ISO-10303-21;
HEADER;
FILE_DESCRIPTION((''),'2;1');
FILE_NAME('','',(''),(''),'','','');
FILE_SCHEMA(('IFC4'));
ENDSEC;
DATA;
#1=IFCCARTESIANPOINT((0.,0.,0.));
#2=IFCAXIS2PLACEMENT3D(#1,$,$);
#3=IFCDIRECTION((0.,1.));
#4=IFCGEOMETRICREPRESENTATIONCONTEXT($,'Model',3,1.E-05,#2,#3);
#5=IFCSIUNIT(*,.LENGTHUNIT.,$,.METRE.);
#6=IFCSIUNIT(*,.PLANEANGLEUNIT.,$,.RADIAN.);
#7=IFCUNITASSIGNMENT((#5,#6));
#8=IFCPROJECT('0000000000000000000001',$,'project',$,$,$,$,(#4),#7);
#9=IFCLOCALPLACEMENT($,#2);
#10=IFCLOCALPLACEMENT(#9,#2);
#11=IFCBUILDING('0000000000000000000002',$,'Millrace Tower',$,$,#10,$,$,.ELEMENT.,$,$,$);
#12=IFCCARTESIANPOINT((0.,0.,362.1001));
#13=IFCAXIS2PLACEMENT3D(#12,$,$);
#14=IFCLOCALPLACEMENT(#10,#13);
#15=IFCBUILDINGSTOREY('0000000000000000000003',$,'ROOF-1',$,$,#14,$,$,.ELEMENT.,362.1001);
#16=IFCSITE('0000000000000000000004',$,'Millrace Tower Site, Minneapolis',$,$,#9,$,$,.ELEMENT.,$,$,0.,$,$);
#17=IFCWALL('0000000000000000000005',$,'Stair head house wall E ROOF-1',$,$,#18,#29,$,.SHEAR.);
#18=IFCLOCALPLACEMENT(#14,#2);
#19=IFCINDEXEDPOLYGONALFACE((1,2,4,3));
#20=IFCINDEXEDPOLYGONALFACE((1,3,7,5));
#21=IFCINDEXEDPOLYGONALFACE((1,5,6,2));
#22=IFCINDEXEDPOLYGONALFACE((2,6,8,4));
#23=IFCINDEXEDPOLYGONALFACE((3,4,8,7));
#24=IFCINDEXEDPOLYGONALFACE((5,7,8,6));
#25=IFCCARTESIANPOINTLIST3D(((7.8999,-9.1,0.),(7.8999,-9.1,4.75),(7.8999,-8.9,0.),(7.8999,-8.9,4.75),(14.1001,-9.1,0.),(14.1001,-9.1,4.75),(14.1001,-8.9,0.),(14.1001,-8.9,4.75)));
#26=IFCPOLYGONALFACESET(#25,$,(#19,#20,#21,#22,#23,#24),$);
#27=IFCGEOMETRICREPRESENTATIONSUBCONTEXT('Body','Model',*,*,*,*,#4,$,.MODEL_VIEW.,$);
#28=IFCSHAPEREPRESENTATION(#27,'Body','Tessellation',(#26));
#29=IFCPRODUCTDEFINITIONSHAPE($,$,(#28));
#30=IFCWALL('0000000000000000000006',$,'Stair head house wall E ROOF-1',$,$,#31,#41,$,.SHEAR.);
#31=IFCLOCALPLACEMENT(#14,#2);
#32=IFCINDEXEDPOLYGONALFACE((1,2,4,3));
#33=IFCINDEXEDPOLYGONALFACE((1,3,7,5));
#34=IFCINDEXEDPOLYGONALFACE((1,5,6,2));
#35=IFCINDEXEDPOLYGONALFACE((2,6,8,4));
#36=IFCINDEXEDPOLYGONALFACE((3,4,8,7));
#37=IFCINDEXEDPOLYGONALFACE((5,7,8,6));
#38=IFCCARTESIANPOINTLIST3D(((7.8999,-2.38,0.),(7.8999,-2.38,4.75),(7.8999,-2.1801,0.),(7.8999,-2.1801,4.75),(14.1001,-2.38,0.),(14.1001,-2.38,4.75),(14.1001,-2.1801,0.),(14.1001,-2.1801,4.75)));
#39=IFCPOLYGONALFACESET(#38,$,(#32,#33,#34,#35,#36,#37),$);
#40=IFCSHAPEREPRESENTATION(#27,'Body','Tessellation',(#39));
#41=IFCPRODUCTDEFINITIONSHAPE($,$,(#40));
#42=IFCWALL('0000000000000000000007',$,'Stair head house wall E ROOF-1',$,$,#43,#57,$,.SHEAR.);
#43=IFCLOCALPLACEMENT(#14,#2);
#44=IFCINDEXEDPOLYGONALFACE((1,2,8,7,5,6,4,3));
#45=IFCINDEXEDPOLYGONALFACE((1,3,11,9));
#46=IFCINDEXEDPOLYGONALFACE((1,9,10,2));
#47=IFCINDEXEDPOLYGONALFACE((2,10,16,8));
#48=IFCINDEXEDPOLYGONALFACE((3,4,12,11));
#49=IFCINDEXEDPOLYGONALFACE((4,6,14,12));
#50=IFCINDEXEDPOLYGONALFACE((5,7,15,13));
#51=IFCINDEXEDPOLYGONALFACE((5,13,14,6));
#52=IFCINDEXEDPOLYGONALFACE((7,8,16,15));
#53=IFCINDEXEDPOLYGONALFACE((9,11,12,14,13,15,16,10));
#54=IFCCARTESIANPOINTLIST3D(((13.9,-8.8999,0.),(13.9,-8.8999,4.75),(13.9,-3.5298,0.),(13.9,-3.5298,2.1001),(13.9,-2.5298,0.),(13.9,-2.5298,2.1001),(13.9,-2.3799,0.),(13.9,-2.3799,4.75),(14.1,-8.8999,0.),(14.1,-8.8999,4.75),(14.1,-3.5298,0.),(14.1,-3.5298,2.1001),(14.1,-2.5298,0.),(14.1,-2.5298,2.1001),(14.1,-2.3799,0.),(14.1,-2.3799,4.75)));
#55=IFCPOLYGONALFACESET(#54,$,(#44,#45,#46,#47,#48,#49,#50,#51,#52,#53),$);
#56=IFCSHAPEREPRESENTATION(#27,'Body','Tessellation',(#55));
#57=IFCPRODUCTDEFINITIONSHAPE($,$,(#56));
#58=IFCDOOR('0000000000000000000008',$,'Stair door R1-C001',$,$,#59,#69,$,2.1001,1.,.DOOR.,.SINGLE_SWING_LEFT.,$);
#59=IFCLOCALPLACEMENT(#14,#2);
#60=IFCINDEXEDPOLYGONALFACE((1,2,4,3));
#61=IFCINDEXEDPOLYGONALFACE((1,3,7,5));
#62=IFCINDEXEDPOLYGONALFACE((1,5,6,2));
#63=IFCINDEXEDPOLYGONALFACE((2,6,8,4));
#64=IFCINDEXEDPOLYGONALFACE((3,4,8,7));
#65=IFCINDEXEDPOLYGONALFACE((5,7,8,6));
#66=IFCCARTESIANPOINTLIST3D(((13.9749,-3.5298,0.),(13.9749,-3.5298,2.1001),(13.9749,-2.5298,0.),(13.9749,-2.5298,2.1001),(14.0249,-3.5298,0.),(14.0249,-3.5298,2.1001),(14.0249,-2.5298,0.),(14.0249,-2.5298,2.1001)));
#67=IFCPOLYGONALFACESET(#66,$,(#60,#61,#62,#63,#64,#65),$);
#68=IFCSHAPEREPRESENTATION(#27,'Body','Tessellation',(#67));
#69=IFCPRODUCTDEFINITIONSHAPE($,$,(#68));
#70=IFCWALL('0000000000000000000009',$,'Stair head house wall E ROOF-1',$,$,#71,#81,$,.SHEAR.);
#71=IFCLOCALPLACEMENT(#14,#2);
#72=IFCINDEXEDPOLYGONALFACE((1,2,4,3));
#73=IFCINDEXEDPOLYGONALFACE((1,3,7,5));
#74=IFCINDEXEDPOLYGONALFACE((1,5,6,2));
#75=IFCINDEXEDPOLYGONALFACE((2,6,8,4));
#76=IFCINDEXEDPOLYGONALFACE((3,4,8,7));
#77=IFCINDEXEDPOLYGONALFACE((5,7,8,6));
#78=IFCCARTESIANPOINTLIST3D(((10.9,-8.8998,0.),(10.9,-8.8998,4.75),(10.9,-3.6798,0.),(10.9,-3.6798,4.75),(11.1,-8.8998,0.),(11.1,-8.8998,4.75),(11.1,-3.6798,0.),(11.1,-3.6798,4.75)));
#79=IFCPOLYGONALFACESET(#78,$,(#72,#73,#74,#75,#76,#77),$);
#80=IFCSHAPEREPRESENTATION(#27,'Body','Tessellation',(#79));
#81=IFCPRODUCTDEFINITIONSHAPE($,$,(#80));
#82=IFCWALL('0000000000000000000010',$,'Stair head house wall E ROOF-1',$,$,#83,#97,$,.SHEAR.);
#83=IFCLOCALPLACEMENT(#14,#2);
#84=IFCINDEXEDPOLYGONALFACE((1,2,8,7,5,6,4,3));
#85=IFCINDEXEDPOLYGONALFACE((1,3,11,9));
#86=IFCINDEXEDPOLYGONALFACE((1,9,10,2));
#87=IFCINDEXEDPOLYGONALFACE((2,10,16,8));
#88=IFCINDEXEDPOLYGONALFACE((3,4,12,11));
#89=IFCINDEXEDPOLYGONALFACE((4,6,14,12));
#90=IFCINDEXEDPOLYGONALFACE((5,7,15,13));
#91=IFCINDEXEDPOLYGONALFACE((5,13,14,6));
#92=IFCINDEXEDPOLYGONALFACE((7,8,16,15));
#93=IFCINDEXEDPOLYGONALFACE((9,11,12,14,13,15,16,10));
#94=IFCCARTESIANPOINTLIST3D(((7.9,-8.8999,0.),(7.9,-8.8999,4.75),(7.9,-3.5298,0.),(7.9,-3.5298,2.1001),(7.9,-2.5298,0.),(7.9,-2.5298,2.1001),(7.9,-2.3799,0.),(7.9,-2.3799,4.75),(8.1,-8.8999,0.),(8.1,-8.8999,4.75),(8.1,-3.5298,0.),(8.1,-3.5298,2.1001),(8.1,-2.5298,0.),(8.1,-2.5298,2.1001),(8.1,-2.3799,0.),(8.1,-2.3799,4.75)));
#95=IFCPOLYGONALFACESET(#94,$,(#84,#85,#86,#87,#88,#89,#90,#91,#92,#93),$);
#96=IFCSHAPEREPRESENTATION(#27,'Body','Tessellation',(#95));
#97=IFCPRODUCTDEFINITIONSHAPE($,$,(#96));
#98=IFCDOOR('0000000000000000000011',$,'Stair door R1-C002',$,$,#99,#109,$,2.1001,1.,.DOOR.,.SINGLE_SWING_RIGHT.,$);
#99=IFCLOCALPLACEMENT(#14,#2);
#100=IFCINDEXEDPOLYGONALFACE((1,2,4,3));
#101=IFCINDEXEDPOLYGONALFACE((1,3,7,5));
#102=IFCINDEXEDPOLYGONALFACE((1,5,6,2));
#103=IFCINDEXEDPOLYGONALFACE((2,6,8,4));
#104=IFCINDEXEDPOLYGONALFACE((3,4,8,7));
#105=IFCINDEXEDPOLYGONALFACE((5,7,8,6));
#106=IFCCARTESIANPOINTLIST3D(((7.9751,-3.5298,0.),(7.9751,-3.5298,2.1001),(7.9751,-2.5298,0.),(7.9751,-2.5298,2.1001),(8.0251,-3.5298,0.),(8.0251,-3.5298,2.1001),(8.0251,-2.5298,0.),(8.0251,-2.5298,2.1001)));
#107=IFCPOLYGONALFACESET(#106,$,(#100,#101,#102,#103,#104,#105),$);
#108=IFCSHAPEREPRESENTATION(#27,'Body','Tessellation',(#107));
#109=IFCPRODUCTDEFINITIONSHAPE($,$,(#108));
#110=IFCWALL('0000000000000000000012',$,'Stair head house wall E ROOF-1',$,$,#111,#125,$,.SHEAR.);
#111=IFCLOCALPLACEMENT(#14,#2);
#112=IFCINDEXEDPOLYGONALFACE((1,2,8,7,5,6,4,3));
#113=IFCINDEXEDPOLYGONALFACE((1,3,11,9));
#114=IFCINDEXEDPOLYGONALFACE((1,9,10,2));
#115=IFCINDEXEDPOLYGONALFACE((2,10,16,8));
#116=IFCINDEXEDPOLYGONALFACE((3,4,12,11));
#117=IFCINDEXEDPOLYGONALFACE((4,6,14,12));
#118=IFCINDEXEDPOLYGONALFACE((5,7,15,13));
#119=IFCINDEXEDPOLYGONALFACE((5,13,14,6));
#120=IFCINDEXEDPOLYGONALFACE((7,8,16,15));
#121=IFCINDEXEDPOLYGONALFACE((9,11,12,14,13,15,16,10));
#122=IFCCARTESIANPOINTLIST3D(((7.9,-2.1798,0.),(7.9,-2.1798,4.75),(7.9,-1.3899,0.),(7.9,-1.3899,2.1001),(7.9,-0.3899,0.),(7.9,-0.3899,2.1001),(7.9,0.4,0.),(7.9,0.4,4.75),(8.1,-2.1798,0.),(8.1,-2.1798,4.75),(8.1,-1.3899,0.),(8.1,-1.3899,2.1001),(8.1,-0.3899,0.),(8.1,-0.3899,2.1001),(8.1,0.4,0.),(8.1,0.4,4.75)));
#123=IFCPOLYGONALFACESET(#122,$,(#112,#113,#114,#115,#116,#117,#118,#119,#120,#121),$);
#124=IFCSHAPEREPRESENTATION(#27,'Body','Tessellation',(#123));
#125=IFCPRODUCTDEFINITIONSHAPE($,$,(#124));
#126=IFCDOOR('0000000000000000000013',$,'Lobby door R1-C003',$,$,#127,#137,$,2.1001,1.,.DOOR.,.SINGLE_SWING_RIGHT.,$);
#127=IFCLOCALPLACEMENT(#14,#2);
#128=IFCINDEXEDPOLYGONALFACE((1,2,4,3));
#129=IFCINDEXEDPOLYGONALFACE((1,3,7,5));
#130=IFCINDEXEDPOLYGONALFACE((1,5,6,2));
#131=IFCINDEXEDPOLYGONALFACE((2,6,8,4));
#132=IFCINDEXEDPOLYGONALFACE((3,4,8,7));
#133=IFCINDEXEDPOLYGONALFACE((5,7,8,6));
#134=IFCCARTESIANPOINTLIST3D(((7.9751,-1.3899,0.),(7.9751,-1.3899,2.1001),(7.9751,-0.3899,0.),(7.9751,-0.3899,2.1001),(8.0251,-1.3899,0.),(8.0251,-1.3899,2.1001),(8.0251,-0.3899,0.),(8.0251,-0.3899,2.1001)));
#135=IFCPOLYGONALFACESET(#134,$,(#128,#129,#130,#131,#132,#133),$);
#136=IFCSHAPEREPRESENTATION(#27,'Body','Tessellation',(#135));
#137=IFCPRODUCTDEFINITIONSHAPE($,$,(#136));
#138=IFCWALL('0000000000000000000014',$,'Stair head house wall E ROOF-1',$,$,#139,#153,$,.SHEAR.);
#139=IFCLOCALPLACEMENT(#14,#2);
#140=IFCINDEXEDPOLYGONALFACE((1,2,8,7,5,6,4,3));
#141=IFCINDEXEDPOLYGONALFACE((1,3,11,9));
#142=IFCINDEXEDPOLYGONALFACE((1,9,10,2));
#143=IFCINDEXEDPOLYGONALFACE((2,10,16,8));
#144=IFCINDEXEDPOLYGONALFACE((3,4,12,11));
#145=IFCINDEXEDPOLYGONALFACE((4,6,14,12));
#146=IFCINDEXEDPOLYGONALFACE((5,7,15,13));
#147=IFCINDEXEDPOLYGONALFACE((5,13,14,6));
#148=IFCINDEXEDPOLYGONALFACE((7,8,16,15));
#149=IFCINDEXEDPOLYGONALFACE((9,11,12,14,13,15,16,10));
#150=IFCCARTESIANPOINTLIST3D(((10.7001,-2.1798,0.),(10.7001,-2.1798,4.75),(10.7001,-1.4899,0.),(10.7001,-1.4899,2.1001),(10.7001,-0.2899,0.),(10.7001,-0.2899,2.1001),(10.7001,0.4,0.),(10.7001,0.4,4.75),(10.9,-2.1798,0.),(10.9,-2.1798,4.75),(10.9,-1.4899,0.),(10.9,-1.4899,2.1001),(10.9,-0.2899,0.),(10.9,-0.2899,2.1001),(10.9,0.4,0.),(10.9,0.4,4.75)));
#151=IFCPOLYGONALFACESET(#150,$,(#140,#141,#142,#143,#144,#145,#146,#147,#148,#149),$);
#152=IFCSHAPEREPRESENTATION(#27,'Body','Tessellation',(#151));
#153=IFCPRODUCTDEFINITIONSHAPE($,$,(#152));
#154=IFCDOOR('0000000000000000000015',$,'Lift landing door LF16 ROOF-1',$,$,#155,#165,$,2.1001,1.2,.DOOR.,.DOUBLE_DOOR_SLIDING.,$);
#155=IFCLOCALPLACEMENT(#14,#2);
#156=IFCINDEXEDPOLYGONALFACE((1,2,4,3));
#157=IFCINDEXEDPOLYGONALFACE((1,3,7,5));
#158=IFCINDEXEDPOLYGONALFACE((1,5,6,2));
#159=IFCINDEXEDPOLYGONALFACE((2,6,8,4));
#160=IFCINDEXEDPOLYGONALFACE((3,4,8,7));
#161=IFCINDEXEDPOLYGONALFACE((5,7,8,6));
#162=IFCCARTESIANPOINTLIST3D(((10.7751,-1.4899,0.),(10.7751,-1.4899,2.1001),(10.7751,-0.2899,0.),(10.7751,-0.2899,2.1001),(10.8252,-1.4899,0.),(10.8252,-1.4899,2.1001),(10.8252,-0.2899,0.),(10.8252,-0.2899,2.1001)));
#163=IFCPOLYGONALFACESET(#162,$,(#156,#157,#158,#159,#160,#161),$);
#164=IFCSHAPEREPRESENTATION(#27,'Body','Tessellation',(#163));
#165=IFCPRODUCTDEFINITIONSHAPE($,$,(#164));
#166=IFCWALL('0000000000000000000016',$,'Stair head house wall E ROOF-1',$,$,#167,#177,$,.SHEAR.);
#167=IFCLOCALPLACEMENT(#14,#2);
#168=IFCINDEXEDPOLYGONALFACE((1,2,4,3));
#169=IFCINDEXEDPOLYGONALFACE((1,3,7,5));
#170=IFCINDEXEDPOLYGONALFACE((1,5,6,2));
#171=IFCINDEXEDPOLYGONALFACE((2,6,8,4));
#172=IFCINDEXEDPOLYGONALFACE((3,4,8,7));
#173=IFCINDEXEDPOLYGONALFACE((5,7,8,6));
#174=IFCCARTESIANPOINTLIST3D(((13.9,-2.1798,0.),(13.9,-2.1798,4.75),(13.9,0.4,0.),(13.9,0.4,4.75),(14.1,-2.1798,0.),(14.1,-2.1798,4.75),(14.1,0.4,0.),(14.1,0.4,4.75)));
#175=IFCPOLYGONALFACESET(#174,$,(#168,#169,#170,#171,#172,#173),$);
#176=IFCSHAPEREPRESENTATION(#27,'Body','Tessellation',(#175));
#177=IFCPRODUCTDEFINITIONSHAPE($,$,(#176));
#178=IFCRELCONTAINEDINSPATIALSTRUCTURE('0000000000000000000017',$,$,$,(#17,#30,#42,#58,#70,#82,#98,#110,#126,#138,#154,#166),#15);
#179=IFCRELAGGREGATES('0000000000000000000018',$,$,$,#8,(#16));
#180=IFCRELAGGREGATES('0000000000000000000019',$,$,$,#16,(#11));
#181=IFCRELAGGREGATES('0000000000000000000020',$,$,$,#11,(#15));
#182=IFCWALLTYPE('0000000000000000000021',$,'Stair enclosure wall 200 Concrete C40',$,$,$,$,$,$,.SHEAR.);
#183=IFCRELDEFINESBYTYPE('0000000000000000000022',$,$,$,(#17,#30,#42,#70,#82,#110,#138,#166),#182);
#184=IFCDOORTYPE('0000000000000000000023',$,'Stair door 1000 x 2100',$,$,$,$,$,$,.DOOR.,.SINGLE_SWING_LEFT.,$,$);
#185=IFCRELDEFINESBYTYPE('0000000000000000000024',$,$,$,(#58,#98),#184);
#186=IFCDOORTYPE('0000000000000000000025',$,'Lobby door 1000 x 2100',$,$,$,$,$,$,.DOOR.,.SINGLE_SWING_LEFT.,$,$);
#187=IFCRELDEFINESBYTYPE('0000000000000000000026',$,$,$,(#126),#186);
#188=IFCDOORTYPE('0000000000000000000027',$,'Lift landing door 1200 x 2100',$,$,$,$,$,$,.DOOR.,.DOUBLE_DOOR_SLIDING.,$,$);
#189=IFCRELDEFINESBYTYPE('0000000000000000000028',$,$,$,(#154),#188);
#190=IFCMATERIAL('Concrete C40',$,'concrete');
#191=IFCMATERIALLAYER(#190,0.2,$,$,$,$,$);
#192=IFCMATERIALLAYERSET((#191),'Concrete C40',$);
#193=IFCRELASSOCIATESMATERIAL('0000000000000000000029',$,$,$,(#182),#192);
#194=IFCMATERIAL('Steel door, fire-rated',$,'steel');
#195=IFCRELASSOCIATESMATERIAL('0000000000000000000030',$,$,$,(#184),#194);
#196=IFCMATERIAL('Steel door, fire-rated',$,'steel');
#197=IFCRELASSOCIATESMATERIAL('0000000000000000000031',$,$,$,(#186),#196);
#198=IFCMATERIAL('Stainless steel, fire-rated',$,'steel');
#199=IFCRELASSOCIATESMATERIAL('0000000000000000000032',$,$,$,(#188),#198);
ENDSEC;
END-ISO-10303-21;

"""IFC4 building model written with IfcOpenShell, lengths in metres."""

from ifc_helpers import new_model, si_unit, direction, frame, frame_2d, origin, place, context, subcontext, project, spatial, rectangle, extrude, material, layer, layer_set, type_object, element, fill, save


model = new_model("IFC4")

# Units and contexts
model_context = context("Model", 3, precision=1e-05, world=origin(), true_north=direction((0.0, 1.0)))
body_context = subcontext(model_context, "Body", "Model", "MODEL_VIEW")
ifc_project = project(units=[si_unit("LENGTHUNIT", "METRE"), si_unit("PLANEANGLEUNIT", "RADIAN")], contexts=[model_context])

# Site, building, storey
site_placement = place(None, origin())
site = spatial("IfcSite", under=ifc_project, at=site_placement, Name="Millrace Tower Site, Minneapolis", CompositionType="ELEMENT", RefElevation=0.0)
building_placement = place(site_placement, origin())
building = spatial("IfcBuilding", under=site, at=building_placement, Name="Millrace Tower", CompositionType="ELEMENT")
storey_placement = place(building_placement, frame((0.0, 0.0, 362.1001)))
storey = spatial("IfcBuildingStorey", under=building, at=storey_placement, Name="ROOF-1", CompositionType="ELEMENT", Elevation=362.1001)

# Walls
ifc_material_1 = material(Name="Concrete C40", Category="concrete")
ifc_layer_1 = layer(ifc_material_1, 0.2)
ifc_layer_set_1 = layer_set([ifc_layer_1], Name="Concrete C40")
wall_type_1 = type_object("IfcWallType", Name="Stair enclosure wall 200 Concrete C40", PredefinedType="SHEAR", material=ifc_layer_set_1)
for number, where, z_axis, x_axis, name in (
    (1, (14.1001, -9.0, 0.0), (0.0, 0.0, 1.0), (-1.0, 0.0, 0.0), "Stair head house wall E ROOF-1"),
    (2, (14.1001, -2.28, 0.0), (0.0, 0.0, 1.0), (-1.0, 0.0, 0.0), "Stair head house wall E ROOF-1"),
):
    element("IfcWall", number, at=place(storey_placement, frame(where, z_axis=z_axis, x_axis=x_axis)), inside=storey, type_object=wall_type_1, Name=name, PredefinedType="SHEAR", context=body_context, shape_type="SweptSolid", body=[
        extrude(rectangle(XDim=6.2002, YDim=0.2, at=frame_2d((3.1001, 0.0))), origin(), (0.0, 0.0, 1.0), 4.75),
    ])

# Wall, opening, door
wall_1_placement = place(storey_placement, frame((14.0, -2.3799, 0.0), z_axis=(0.0, 0.0, 1.0), x_axis=(0.0, -1.0, 0.0)))
wall_1 = element("IfcWall", 3, at=wall_1_placement, inside=storey, type_object=wall_type_1, Name="Stair head house wall E ROOF-1", PredefinedType="SHEAR", context=body_context, shape_type="SweptSolid", body=[
    extrude(rectangle(XDim=6.52, YDim=0.2, at=frame_2d((3.26, 0.0))), origin(), (0.0, 0.0, 1.0), 4.75),
])
opening_1_placement = place(wall_1_placement, frame((0.1499, 0.0, 0.0)))
opening_1 = element("IfcOpeningElement", 4, at=opening_1_placement, cuts=wall_1, PredefinedType="OPENING", context=body_context, shape_type="SweptSolid", body=[
    extrude(rectangle(XDim=1.0, YDim=2.1001, at=frame_2d((0.5, 1.05))), frame((0.0, 0.1099, 0.0), z_axis=(0.0, -1.0, 0.0), x_axis=(1.0, 0.0, 0.0)), (0.0, 0.0, 1.0), 0.22),
])
ifc_material_2 = material(Name="Steel door, fire-rated", Category="steel")
door_type_1 = type_object("IfcDoorType", Name="Stair door 1000 x 2100", OperationType="SINGLE_SWING_LEFT", PredefinedType="DOOR", material=ifc_material_2)
door_1_placement = place(opening_1_placement, origin())
door_1 = element("IfcDoor", 5, at=door_1_placement, inside=storey, type_object=door_type_1, Name="Stair door R1-C001", OperationType="SINGLE_SWING_LEFT", OverallHeight=2.1001, OverallWidth=1.0, PredefinedType="DOOR", context=body_context, shape_type="SweptSolid", body=[
    extrude(rectangle(XDim=1.0, YDim=2.1001, at=frame_2d((0.5, 1.05))), frame((0.0, 0.0249, 0.0), z_axis=(0.0, -1.0, 0.0), x_axis=(1.0, 0.0, 0.0)), (0.0, 0.0, 1.0), 0.05),
])
fill(opening_1, door_1)

# Wall
wall_2_placement = place(storey_placement, frame((11.0, -3.6799, 0.0), z_axis=(0.0, 0.0, 1.0), x_axis=(0.0, -1.0, 0.0)))
element("IfcWall", 6, at=wall_2_placement, inside=storey, type_object=wall_type_1, Name="Stair head house wall E ROOF-1", PredefinedType="SHEAR", context=body_context, shape_type="SweptSolid", body=[
    extrude(rectangle(XDim=5.22, YDim=0.2, at=frame_2d((2.6099, 0.0))), origin(), (0.0, 0.0, 1.0), 4.75),
])

# Walls, openings, doors
wall_3_placement = place(storey_placement, frame((8.0, -2.3799, 0.0), z_axis=(0.0, 0.0, 1.0), x_axis=(0.0, -1.0, 0.0)))
wall_3 = element("IfcWall", 7, at=wall_3_placement, inside=storey, type_object=wall_type_1, Name="Stair head house wall E ROOF-1", PredefinedType="SHEAR", context=body_context, shape_type="SweptSolid", body=[
    extrude(rectangle(XDim=6.52, YDim=0.2, at=frame_2d((3.26, 0.0))), origin(), (0.0, 0.0, 1.0), 4.75),
])
opening_2_placement = place(wall_3_placement, frame((0.1499, 0.0, 0.0)))
opening_2 = element("IfcOpeningElement", 8, at=opening_2_placement, cuts=wall_3, PredefinedType="OPENING", context=body_context, shape_type="SweptSolid", body=[
    extrude(rectangle(XDim=1.0, YDim=2.1001, at=frame_2d((0.5, 1.05))), frame((0.0, 0.1099, 0.0), z_axis=(0.0, -1.0, 0.0), x_axis=(1.0, 0.0, 0.0)), (0.0, 0.0, 1.0), 0.22),
])
door_2_placement = place(opening_2_placement, frame((1.0, 0.0, 0.0), z_axis=(0.0, 0.0, 1.0), x_axis=(-1.0, 0.0, 0.0)))
door_2 = element("IfcDoor", 9, at=door_2_placement, inside=storey, type_object=door_type_1, Name="Stair door R1-C002", OperationType="SINGLE_SWING_RIGHT", OverallHeight=2.1001, OverallWidth=1.0, PredefinedType="DOOR", context=body_context, shape_type="SweptSolid", body=[
    extrude(rectangle(XDim=1.0, YDim=2.1001, at=frame_2d((0.5, 1.05))), frame((0.0, 0.0249, 0.0), z_axis=(0.0, -1.0, 0.0), x_axis=(1.0, 0.0, 0.0)), (0.0, 0.0, 1.0), 0.05),
])
fill(opening_2, door_2)
wall_4_placement = place(storey_placement, frame((8.0, -2.1799, 0.0), z_axis=(0.0, 0.0, 1.0), x_axis=(0.0, 1.0, 0.0)))
wall_4 = element("IfcWall", 10, at=wall_4_placement, inside=storey, type_object=wall_type_1, Name="Stair head house wall E ROOF-1", PredefinedType="SHEAR", context=body_context, shape_type="SweptSolid", body=[
    extrude(rectangle(XDim=2.5798, YDim=0.2, at=frame_2d((1.29, 0.0))), origin(), (0.0, 0.0, 1.0), 4.75),
])
opening_3_placement = place(wall_4_placement, frame((0.79, 0.0, 0.0)))
opening_3 = element("IfcOpeningElement", 11, at=opening_3_placement, cuts=wall_4, PredefinedType="OPENING", context=body_context, shape_type="SweptSolid", body=[
    extrude(rectangle(XDim=1.0, YDim=2.1001, at=frame_2d((0.5, 1.05))), frame((0.0, 0.1099, 0.0), z_axis=(0.0, -1.0, 0.0), x_axis=(1.0, 0.0, 0.0)), (0.0, 0.0, 1.0), 0.22),
])
ifc_material_3 = material(Name="Steel door, fire-rated", Category="steel")
door_type_2 = type_object("IfcDoorType", Name="Lobby door 1000 x 2100", OperationType="SINGLE_SWING_LEFT", PredefinedType="DOOR", material=ifc_material_3)
door_3_placement = place(opening_3_placement, origin())
door_3 = element("IfcDoor", 12, at=door_3_placement, inside=storey, type_object=door_type_2, Name="Lobby door R1-C003", OperationType="SINGLE_SWING_RIGHT", OverallHeight=2.1001, OverallWidth=1.0, PredefinedType="DOOR", context=body_context, shape_type="SweptSolid", body=[
    extrude(rectangle(XDim=1.0, YDim=2.1001, at=frame_2d((0.5, 1.05))), frame((0.0, 0.0249, 0.0), z_axis=(0.0, -1.0, 0.0), x_axis=(1.0, 0.0, 0.0)), (0.0, 0.0, 1.0), 0.05),
])
fill(opening_3, door_3)
wall_5_placement = place(storey_placement, frame((10.8, -2.1799, 0.0), z_axis=(0.0, 0.0, 1.0), x_axis=(0.0, 1.0, 0.0)))
wall_5 = element("IfcWall", 13, at=wall_5_placement, inside=storey, type_object=wall_type_1, Name="Stair head house wall E ROOF-1", PredefinedType="SHEAR", context=body_context, shape_type="SweptSolid", body=[
    extrude(rectangle(XDim=2.5798, YDim=0.2, at=frame_2d((1.29, 0.0))), origin(), (0.0, 0.0, 1.0), 4.75),
])
opening_4_placement = place(wall_5_placement, frame((0.6899, 0.0, 0.0)))
opening_4 = element("IfcOpeningElement", 14, at=opening_4_placement, cuts=wall_5, PredefinedType="OPENING", context=body_context, shape_type="SweptSolid", body=[
    extrude(rectangle(XDim=1.2, YDim=2.1001, at=frame_2d((0.6001, 1.05))), frame((0.0, 0.1099, 0.0), z_axis=(0.0, -1.0, 0.0), x_axis=(1.0, 0.0, 0.0)), (0.0, 0.0, 1.0), 0.22),
])
ifc_material_4 = material(Name="Stainless steel, fire-rated", Category="steel")
door_type_3 = type_object("IfcDoorType", Name="Lift landing door 1200 x 2100", OperationType="DOUBLE_DOOR_SLIDING", PredefinedType="DOOR", material=ifc_material_4)
door_4_placement = place(opening_4_placement, origin())
door_4 = element("IfcDoor", 15, at=door_4_placement, inside=storey, type_object=door_type_3, Name="Lift landing door LF16 ROOF-1", OperationType="DOUBLE_DOOR_SLIDING", OverallHeight=2.1001, OverallWidth=1.2, PredefinedType="DOOR", context=body_context, shape_type="SweptSolid", body=[
    extrude(rectangle(XDim=1.2, YDim=2.1001, at=frame_2d((0.6001, 1.05))), frame((0.0, 0.0249, 0.0), z_axis=(0.0, -1.0, 0.0), x_axis=(1.0, 0.0, 0.0)), (0.0, 0.0, 1.0), 0.05),
])
fill(opening_4, door_4)

# Wall
wall_6_placement = place(storey_placement, frame((14.0, -2.1799, 0.0), z_axis=(0.0, 0.0, 1.0), x_axis=(0.0, 1.0, 0.0)))
element("IfcWall", 16, at=wall_6_placement, inside=storey, type_object=wall_type_1, Name="Stair head house wall E ROOF-1", PredefinedType="SHEAR", context=body_context, shape_type="SweptSolid", body=[
    extrude(rectangle(XDim=2.5798, YDim=0.2, at=frame_2d((1.29, 0.0))), origin(), (0.0, 0.0, 1.0), 4.75),
])

save(model, "model.ifc")
